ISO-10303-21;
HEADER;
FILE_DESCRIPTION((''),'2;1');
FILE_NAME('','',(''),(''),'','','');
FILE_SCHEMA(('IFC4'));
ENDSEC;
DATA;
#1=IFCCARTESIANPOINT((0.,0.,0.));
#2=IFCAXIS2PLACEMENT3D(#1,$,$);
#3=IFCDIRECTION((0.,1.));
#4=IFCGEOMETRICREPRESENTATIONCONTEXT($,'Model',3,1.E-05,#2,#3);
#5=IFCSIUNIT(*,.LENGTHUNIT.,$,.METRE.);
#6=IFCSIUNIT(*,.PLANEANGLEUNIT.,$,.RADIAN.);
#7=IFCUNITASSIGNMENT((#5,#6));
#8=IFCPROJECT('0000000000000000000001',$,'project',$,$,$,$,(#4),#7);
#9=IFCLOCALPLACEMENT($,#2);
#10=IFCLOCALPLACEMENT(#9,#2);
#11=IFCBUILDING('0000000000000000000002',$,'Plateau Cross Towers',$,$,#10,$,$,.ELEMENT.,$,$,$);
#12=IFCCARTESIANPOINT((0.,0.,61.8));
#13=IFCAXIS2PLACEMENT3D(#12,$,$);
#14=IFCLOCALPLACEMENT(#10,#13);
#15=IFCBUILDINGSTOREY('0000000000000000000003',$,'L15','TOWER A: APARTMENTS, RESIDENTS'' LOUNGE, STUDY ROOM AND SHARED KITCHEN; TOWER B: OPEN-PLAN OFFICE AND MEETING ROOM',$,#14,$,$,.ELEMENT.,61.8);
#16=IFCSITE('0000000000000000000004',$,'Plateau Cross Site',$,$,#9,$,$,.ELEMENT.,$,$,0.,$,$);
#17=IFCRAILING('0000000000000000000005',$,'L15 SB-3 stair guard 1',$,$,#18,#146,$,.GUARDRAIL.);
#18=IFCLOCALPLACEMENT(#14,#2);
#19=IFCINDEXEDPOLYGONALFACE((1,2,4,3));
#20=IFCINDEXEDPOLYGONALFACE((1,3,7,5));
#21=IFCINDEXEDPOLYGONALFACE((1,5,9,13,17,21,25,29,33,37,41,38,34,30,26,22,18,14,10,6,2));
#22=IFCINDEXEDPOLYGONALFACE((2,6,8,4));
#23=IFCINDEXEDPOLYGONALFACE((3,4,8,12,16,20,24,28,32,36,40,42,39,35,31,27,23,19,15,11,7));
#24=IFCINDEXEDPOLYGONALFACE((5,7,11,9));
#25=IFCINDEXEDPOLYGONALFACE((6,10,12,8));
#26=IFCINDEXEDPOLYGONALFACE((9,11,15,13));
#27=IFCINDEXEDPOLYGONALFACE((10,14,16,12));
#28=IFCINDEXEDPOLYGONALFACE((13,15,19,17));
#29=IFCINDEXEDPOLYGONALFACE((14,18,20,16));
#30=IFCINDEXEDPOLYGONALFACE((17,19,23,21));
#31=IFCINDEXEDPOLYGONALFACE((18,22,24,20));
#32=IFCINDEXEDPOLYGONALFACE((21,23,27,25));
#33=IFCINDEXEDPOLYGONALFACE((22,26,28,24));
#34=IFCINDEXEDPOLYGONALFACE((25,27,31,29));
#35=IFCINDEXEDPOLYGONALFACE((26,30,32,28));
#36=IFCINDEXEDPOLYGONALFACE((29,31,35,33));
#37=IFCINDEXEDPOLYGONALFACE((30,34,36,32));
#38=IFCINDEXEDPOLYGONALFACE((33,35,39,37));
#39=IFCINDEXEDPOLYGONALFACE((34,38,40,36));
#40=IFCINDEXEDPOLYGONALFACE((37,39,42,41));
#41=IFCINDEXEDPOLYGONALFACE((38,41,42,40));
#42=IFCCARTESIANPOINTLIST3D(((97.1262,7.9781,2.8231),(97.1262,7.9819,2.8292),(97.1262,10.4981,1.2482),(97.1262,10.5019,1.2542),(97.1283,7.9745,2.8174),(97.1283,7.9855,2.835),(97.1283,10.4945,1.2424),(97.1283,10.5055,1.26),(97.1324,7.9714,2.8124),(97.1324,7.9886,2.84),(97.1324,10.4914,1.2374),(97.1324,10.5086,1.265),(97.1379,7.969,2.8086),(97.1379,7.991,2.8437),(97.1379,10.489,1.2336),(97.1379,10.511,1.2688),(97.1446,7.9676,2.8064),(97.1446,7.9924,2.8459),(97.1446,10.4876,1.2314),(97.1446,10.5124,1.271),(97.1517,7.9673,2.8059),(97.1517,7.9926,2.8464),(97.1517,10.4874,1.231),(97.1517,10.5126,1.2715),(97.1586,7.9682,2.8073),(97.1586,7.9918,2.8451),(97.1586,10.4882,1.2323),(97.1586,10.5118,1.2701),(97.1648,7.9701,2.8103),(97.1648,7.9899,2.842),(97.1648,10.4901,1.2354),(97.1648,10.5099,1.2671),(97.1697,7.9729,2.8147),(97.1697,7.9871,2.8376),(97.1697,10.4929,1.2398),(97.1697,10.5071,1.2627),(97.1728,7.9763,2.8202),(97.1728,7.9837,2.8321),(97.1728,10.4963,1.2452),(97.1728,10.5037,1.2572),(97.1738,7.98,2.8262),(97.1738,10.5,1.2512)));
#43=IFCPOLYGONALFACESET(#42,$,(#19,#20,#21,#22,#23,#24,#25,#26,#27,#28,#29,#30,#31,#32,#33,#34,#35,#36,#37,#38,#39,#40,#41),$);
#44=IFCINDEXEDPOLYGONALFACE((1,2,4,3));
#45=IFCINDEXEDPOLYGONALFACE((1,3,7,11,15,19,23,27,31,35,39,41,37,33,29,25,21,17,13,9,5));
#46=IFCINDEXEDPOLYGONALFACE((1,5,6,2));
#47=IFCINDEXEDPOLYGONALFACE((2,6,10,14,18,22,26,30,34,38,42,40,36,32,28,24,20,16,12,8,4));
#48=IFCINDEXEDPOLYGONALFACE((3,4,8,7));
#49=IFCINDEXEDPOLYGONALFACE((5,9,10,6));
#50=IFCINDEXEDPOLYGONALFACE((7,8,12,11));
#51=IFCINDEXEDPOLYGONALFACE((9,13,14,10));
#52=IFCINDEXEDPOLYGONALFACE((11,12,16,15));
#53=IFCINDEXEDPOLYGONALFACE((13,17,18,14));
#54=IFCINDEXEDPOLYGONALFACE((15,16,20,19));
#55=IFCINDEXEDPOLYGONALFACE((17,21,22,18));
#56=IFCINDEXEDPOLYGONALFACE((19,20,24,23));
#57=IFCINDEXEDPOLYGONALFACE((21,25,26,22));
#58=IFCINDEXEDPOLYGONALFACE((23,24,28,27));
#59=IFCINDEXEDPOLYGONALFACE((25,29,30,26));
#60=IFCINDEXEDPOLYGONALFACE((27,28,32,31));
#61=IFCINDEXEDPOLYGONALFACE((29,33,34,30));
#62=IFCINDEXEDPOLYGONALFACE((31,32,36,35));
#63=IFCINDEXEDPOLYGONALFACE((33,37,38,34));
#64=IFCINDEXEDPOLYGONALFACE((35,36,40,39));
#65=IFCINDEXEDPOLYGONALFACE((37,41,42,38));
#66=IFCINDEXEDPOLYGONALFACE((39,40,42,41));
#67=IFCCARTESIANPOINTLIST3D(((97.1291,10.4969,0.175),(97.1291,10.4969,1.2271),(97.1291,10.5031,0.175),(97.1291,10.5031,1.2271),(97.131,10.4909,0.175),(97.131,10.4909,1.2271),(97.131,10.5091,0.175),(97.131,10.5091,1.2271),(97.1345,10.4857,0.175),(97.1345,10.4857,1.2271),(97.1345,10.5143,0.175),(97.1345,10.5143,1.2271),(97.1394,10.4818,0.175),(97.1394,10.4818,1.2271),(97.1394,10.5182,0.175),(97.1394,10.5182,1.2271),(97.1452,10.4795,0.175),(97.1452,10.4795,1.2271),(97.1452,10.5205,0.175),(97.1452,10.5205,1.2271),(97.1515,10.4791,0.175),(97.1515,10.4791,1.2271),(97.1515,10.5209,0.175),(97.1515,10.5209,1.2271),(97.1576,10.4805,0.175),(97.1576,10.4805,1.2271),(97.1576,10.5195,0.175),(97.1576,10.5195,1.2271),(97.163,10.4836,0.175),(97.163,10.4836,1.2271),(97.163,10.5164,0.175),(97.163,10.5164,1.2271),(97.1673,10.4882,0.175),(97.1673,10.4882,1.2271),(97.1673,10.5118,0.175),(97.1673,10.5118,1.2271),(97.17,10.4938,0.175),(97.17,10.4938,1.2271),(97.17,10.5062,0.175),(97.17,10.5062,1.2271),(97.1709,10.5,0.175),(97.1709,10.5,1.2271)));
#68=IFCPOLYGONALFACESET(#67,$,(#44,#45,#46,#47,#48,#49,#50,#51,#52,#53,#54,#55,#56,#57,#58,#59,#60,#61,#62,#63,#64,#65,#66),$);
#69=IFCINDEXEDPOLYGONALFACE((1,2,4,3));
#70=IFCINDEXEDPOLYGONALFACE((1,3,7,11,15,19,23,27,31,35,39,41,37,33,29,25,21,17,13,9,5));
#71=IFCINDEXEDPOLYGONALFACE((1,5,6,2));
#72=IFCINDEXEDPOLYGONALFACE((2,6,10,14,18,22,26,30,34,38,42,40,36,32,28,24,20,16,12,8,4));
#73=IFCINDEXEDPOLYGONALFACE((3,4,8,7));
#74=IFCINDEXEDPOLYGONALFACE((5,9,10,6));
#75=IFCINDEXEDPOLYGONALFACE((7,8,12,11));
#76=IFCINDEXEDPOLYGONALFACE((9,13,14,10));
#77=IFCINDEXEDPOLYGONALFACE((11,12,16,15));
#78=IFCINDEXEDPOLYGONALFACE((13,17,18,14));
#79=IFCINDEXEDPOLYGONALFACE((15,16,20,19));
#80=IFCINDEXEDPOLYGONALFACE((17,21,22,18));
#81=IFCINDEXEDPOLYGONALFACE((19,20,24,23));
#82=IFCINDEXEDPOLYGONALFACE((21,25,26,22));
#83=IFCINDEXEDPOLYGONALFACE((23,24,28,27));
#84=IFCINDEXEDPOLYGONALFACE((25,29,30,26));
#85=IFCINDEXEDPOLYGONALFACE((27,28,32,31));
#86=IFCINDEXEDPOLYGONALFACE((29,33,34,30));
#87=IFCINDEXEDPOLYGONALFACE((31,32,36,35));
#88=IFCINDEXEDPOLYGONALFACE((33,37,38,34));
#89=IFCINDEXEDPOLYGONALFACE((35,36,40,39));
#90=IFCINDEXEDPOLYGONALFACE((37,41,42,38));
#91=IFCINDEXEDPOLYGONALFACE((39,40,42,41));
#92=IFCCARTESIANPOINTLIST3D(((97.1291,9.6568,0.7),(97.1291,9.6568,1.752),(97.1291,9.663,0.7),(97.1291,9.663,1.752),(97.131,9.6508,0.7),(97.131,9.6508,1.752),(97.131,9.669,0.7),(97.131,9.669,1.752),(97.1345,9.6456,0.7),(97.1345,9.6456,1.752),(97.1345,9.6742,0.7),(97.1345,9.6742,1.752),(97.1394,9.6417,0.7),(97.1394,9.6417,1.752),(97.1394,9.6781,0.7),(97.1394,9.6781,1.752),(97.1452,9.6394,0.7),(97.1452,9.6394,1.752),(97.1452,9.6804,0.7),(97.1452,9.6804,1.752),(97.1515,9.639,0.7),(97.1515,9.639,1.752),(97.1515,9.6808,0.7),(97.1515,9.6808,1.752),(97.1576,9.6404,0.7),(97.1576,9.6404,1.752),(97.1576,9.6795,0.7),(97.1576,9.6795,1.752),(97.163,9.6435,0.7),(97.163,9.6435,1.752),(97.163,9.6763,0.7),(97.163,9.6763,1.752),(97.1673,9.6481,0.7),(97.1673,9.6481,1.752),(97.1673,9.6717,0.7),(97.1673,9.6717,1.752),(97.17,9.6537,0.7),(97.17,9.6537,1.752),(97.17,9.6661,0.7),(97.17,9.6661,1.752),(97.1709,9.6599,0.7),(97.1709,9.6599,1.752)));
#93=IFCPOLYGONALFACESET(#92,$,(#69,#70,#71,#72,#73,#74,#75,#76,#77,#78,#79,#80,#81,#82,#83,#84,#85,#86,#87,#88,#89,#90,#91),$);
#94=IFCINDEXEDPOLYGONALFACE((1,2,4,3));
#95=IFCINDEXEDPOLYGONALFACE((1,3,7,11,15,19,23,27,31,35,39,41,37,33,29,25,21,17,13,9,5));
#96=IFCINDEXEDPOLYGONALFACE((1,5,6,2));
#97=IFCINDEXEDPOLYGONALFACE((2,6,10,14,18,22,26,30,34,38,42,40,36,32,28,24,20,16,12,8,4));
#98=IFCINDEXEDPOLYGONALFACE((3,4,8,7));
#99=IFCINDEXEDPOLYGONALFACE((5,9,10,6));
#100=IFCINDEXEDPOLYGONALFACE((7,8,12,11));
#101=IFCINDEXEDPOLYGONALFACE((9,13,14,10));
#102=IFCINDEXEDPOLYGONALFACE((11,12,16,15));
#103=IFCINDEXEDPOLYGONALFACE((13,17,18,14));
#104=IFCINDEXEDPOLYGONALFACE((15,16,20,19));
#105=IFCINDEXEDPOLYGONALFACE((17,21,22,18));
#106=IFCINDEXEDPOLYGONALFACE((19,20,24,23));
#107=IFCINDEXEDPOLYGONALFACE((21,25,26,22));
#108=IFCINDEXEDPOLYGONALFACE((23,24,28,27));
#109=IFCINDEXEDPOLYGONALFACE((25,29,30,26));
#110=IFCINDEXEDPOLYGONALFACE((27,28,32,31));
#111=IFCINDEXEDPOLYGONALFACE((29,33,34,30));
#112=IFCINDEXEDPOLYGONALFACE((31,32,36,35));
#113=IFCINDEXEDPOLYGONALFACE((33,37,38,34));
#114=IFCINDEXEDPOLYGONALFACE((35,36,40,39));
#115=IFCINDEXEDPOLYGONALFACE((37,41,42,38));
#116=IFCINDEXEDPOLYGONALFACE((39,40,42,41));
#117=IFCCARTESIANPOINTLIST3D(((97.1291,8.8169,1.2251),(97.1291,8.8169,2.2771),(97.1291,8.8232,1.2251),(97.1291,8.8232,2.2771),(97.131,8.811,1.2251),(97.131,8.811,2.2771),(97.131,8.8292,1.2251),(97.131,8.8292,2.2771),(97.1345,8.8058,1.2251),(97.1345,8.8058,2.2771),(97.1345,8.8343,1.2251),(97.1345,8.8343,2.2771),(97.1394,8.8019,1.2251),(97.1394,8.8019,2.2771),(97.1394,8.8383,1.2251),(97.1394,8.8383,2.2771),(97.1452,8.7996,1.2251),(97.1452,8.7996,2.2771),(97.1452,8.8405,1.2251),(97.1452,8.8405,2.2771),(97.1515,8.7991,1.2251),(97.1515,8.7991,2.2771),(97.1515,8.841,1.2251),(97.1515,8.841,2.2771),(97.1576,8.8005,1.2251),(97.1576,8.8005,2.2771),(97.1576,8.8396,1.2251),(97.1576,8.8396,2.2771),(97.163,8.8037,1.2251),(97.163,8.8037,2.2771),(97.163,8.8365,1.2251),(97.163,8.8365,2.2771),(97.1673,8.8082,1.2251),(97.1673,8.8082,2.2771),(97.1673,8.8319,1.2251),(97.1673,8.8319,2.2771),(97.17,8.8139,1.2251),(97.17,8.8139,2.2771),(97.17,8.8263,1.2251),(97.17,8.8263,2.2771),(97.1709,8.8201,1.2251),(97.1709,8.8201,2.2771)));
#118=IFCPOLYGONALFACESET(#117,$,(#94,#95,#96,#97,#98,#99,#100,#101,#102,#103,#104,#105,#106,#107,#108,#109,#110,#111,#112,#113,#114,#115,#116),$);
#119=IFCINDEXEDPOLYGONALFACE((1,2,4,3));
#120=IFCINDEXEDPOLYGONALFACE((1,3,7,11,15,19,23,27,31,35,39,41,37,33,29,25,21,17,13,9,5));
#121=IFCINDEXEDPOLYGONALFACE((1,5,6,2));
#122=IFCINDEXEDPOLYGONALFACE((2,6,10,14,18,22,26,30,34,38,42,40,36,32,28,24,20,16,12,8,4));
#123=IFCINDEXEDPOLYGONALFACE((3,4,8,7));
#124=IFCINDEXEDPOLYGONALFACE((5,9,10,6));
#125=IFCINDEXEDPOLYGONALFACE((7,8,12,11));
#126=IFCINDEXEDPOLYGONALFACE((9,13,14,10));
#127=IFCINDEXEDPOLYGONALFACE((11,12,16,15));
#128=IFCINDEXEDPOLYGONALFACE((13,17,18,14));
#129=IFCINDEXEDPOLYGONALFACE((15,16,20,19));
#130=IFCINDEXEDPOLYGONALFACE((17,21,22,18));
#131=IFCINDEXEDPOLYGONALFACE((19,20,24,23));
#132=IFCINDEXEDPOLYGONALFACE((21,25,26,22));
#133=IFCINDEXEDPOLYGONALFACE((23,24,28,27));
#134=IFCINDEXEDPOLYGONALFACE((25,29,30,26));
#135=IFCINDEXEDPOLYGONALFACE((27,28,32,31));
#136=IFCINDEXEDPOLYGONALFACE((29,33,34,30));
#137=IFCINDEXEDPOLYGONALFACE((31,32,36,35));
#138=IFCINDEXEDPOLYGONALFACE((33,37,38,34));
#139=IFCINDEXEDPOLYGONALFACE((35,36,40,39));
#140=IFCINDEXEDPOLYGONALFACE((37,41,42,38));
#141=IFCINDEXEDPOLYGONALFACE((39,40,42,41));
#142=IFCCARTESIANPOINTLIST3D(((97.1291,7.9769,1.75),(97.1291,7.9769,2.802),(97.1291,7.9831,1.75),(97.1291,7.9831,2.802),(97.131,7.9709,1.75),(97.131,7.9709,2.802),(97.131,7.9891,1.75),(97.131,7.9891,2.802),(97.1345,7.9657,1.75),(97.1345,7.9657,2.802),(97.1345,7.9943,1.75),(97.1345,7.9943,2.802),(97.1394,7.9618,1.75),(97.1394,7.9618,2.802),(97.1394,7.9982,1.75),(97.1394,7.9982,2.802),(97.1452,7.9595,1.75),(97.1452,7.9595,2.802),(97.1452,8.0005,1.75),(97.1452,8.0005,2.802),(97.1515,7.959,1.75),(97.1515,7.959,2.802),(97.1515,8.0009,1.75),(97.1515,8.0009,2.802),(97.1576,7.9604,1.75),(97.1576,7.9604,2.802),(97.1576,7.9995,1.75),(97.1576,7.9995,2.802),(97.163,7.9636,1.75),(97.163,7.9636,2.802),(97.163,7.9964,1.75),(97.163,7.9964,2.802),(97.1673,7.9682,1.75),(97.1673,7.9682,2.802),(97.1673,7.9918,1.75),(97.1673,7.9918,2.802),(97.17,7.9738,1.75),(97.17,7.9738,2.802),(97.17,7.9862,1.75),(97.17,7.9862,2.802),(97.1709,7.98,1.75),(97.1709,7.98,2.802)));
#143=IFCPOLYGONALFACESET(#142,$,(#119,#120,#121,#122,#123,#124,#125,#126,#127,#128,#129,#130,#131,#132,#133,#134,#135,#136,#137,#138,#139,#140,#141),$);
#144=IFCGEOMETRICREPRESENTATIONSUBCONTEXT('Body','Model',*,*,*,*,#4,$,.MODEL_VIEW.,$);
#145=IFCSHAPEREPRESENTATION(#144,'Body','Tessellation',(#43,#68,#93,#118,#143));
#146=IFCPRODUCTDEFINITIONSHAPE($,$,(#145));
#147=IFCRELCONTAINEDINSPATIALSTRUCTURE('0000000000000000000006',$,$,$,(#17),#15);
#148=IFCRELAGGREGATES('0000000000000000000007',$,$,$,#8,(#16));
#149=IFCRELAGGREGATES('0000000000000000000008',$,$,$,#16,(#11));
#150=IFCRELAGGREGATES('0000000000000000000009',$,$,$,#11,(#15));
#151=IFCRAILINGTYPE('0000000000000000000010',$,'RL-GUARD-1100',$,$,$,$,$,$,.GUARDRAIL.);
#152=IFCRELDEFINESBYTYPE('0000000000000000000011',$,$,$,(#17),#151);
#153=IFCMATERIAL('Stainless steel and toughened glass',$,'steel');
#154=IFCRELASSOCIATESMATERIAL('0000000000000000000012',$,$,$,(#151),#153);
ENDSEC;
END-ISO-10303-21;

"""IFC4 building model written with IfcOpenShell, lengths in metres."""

from ifc_helpers import new_model, si_unit, direction, frame, origin, origin_2d, place, context, subcontext, project, spatial, circle, extrude, material, type_object, element, save


model = new_model("IFC4")

# Units and contexts
model_context = context("Model", 3, precision=1e-05, world=origin(), true_north=direction((0.0, 1.0)))
body_context = subcontext(model_context, "Body", "Model", "MODEL_VIEW")
ifc_project = project(units=[si_unit("LENGTHUNIT", "METRE"), si_unit("PLANEANGLEUNIT", "RADIAN")], contexts=[model_context])

# Site, building, storey
site_placement = place(None, origin())
site = spatial("IfcSite", under=ifc_project, at=site_placement, Name="Plateau Cross Site", CompositionType="ELEMENT", RefElevation=0.0)
building_placement = place(site_placement, origin())
building = spatial("IfcBuilding", under=site, at=building_placement, Name="Plateau Cross Towers", CompositionType="ELEMENT")
storey_placement = place(building_placement, frame((0.0, 0.0, 61.8)))
storey = spatial("IfcBuildingStorey", under=building, at=storey_placement, Name="L15", Description="TOWER A: APARTMENTS, RESIDENTS' LOUNGE, STUDY ROOM AND SHARED KITCHEN; TOWER B: OPEN-PLAN OFFICE AND MEETING ROOM", CompositionType="ELEMENT", Elevation=61.8)

# Railing
ifc_material_1 = material(Name="Stainless steel and toughened glass", Category="steel")
railing_type_1 = type_object("IfcRailingType", Name="RL-GUARD-1100", PredefinedType="GUARDRAIL", material=ifc_material_1)
railing_1_placement = place(storey_placement, frame((97.1499, 10.5, 0.175)))
element("IfcRailing", 1, at=railing_1_placement, inside=storey, type_object=railing_type_1, Name="L15 SB-3 stair guard 1", PredefinedType="GUARDRAIL", context=body_context, shape_type="SweptSolid", body=[
    extrude(circle(Radius=0.0239, at=origin_2d()), frame((0.0, 0.0, 1.0762), z_axis=(0.0, -0.848008, 0.529984), x_axis=(1.0, 0.0, 0.0)), (0.0, 0.0, 1.0), 2.9717),
    extrude(circle(Radius=0.021, at=origin_2d()), origin(), (0.0, 0.0, 1.0), 1.052),
    extrude(circle(Radius=0.021, at=origin_2d()), frame((0.0, -0.8401, 0.5249)), (0.0, 0.0, 1.0), 1.052),
    extrude(circle(Radius=0.021, at=origin_2d()), frame((0.0, -1.6799, 1.05)), (0.0, 0.0, 1.0), 1.052),
    extrude(circle(Radius=0.021, at=origin_2d()), frame((0.0, -2.52, 1.575)), (0.0, 0.0, 1.0), 1.052),
])

save(model, "model.ifc")
